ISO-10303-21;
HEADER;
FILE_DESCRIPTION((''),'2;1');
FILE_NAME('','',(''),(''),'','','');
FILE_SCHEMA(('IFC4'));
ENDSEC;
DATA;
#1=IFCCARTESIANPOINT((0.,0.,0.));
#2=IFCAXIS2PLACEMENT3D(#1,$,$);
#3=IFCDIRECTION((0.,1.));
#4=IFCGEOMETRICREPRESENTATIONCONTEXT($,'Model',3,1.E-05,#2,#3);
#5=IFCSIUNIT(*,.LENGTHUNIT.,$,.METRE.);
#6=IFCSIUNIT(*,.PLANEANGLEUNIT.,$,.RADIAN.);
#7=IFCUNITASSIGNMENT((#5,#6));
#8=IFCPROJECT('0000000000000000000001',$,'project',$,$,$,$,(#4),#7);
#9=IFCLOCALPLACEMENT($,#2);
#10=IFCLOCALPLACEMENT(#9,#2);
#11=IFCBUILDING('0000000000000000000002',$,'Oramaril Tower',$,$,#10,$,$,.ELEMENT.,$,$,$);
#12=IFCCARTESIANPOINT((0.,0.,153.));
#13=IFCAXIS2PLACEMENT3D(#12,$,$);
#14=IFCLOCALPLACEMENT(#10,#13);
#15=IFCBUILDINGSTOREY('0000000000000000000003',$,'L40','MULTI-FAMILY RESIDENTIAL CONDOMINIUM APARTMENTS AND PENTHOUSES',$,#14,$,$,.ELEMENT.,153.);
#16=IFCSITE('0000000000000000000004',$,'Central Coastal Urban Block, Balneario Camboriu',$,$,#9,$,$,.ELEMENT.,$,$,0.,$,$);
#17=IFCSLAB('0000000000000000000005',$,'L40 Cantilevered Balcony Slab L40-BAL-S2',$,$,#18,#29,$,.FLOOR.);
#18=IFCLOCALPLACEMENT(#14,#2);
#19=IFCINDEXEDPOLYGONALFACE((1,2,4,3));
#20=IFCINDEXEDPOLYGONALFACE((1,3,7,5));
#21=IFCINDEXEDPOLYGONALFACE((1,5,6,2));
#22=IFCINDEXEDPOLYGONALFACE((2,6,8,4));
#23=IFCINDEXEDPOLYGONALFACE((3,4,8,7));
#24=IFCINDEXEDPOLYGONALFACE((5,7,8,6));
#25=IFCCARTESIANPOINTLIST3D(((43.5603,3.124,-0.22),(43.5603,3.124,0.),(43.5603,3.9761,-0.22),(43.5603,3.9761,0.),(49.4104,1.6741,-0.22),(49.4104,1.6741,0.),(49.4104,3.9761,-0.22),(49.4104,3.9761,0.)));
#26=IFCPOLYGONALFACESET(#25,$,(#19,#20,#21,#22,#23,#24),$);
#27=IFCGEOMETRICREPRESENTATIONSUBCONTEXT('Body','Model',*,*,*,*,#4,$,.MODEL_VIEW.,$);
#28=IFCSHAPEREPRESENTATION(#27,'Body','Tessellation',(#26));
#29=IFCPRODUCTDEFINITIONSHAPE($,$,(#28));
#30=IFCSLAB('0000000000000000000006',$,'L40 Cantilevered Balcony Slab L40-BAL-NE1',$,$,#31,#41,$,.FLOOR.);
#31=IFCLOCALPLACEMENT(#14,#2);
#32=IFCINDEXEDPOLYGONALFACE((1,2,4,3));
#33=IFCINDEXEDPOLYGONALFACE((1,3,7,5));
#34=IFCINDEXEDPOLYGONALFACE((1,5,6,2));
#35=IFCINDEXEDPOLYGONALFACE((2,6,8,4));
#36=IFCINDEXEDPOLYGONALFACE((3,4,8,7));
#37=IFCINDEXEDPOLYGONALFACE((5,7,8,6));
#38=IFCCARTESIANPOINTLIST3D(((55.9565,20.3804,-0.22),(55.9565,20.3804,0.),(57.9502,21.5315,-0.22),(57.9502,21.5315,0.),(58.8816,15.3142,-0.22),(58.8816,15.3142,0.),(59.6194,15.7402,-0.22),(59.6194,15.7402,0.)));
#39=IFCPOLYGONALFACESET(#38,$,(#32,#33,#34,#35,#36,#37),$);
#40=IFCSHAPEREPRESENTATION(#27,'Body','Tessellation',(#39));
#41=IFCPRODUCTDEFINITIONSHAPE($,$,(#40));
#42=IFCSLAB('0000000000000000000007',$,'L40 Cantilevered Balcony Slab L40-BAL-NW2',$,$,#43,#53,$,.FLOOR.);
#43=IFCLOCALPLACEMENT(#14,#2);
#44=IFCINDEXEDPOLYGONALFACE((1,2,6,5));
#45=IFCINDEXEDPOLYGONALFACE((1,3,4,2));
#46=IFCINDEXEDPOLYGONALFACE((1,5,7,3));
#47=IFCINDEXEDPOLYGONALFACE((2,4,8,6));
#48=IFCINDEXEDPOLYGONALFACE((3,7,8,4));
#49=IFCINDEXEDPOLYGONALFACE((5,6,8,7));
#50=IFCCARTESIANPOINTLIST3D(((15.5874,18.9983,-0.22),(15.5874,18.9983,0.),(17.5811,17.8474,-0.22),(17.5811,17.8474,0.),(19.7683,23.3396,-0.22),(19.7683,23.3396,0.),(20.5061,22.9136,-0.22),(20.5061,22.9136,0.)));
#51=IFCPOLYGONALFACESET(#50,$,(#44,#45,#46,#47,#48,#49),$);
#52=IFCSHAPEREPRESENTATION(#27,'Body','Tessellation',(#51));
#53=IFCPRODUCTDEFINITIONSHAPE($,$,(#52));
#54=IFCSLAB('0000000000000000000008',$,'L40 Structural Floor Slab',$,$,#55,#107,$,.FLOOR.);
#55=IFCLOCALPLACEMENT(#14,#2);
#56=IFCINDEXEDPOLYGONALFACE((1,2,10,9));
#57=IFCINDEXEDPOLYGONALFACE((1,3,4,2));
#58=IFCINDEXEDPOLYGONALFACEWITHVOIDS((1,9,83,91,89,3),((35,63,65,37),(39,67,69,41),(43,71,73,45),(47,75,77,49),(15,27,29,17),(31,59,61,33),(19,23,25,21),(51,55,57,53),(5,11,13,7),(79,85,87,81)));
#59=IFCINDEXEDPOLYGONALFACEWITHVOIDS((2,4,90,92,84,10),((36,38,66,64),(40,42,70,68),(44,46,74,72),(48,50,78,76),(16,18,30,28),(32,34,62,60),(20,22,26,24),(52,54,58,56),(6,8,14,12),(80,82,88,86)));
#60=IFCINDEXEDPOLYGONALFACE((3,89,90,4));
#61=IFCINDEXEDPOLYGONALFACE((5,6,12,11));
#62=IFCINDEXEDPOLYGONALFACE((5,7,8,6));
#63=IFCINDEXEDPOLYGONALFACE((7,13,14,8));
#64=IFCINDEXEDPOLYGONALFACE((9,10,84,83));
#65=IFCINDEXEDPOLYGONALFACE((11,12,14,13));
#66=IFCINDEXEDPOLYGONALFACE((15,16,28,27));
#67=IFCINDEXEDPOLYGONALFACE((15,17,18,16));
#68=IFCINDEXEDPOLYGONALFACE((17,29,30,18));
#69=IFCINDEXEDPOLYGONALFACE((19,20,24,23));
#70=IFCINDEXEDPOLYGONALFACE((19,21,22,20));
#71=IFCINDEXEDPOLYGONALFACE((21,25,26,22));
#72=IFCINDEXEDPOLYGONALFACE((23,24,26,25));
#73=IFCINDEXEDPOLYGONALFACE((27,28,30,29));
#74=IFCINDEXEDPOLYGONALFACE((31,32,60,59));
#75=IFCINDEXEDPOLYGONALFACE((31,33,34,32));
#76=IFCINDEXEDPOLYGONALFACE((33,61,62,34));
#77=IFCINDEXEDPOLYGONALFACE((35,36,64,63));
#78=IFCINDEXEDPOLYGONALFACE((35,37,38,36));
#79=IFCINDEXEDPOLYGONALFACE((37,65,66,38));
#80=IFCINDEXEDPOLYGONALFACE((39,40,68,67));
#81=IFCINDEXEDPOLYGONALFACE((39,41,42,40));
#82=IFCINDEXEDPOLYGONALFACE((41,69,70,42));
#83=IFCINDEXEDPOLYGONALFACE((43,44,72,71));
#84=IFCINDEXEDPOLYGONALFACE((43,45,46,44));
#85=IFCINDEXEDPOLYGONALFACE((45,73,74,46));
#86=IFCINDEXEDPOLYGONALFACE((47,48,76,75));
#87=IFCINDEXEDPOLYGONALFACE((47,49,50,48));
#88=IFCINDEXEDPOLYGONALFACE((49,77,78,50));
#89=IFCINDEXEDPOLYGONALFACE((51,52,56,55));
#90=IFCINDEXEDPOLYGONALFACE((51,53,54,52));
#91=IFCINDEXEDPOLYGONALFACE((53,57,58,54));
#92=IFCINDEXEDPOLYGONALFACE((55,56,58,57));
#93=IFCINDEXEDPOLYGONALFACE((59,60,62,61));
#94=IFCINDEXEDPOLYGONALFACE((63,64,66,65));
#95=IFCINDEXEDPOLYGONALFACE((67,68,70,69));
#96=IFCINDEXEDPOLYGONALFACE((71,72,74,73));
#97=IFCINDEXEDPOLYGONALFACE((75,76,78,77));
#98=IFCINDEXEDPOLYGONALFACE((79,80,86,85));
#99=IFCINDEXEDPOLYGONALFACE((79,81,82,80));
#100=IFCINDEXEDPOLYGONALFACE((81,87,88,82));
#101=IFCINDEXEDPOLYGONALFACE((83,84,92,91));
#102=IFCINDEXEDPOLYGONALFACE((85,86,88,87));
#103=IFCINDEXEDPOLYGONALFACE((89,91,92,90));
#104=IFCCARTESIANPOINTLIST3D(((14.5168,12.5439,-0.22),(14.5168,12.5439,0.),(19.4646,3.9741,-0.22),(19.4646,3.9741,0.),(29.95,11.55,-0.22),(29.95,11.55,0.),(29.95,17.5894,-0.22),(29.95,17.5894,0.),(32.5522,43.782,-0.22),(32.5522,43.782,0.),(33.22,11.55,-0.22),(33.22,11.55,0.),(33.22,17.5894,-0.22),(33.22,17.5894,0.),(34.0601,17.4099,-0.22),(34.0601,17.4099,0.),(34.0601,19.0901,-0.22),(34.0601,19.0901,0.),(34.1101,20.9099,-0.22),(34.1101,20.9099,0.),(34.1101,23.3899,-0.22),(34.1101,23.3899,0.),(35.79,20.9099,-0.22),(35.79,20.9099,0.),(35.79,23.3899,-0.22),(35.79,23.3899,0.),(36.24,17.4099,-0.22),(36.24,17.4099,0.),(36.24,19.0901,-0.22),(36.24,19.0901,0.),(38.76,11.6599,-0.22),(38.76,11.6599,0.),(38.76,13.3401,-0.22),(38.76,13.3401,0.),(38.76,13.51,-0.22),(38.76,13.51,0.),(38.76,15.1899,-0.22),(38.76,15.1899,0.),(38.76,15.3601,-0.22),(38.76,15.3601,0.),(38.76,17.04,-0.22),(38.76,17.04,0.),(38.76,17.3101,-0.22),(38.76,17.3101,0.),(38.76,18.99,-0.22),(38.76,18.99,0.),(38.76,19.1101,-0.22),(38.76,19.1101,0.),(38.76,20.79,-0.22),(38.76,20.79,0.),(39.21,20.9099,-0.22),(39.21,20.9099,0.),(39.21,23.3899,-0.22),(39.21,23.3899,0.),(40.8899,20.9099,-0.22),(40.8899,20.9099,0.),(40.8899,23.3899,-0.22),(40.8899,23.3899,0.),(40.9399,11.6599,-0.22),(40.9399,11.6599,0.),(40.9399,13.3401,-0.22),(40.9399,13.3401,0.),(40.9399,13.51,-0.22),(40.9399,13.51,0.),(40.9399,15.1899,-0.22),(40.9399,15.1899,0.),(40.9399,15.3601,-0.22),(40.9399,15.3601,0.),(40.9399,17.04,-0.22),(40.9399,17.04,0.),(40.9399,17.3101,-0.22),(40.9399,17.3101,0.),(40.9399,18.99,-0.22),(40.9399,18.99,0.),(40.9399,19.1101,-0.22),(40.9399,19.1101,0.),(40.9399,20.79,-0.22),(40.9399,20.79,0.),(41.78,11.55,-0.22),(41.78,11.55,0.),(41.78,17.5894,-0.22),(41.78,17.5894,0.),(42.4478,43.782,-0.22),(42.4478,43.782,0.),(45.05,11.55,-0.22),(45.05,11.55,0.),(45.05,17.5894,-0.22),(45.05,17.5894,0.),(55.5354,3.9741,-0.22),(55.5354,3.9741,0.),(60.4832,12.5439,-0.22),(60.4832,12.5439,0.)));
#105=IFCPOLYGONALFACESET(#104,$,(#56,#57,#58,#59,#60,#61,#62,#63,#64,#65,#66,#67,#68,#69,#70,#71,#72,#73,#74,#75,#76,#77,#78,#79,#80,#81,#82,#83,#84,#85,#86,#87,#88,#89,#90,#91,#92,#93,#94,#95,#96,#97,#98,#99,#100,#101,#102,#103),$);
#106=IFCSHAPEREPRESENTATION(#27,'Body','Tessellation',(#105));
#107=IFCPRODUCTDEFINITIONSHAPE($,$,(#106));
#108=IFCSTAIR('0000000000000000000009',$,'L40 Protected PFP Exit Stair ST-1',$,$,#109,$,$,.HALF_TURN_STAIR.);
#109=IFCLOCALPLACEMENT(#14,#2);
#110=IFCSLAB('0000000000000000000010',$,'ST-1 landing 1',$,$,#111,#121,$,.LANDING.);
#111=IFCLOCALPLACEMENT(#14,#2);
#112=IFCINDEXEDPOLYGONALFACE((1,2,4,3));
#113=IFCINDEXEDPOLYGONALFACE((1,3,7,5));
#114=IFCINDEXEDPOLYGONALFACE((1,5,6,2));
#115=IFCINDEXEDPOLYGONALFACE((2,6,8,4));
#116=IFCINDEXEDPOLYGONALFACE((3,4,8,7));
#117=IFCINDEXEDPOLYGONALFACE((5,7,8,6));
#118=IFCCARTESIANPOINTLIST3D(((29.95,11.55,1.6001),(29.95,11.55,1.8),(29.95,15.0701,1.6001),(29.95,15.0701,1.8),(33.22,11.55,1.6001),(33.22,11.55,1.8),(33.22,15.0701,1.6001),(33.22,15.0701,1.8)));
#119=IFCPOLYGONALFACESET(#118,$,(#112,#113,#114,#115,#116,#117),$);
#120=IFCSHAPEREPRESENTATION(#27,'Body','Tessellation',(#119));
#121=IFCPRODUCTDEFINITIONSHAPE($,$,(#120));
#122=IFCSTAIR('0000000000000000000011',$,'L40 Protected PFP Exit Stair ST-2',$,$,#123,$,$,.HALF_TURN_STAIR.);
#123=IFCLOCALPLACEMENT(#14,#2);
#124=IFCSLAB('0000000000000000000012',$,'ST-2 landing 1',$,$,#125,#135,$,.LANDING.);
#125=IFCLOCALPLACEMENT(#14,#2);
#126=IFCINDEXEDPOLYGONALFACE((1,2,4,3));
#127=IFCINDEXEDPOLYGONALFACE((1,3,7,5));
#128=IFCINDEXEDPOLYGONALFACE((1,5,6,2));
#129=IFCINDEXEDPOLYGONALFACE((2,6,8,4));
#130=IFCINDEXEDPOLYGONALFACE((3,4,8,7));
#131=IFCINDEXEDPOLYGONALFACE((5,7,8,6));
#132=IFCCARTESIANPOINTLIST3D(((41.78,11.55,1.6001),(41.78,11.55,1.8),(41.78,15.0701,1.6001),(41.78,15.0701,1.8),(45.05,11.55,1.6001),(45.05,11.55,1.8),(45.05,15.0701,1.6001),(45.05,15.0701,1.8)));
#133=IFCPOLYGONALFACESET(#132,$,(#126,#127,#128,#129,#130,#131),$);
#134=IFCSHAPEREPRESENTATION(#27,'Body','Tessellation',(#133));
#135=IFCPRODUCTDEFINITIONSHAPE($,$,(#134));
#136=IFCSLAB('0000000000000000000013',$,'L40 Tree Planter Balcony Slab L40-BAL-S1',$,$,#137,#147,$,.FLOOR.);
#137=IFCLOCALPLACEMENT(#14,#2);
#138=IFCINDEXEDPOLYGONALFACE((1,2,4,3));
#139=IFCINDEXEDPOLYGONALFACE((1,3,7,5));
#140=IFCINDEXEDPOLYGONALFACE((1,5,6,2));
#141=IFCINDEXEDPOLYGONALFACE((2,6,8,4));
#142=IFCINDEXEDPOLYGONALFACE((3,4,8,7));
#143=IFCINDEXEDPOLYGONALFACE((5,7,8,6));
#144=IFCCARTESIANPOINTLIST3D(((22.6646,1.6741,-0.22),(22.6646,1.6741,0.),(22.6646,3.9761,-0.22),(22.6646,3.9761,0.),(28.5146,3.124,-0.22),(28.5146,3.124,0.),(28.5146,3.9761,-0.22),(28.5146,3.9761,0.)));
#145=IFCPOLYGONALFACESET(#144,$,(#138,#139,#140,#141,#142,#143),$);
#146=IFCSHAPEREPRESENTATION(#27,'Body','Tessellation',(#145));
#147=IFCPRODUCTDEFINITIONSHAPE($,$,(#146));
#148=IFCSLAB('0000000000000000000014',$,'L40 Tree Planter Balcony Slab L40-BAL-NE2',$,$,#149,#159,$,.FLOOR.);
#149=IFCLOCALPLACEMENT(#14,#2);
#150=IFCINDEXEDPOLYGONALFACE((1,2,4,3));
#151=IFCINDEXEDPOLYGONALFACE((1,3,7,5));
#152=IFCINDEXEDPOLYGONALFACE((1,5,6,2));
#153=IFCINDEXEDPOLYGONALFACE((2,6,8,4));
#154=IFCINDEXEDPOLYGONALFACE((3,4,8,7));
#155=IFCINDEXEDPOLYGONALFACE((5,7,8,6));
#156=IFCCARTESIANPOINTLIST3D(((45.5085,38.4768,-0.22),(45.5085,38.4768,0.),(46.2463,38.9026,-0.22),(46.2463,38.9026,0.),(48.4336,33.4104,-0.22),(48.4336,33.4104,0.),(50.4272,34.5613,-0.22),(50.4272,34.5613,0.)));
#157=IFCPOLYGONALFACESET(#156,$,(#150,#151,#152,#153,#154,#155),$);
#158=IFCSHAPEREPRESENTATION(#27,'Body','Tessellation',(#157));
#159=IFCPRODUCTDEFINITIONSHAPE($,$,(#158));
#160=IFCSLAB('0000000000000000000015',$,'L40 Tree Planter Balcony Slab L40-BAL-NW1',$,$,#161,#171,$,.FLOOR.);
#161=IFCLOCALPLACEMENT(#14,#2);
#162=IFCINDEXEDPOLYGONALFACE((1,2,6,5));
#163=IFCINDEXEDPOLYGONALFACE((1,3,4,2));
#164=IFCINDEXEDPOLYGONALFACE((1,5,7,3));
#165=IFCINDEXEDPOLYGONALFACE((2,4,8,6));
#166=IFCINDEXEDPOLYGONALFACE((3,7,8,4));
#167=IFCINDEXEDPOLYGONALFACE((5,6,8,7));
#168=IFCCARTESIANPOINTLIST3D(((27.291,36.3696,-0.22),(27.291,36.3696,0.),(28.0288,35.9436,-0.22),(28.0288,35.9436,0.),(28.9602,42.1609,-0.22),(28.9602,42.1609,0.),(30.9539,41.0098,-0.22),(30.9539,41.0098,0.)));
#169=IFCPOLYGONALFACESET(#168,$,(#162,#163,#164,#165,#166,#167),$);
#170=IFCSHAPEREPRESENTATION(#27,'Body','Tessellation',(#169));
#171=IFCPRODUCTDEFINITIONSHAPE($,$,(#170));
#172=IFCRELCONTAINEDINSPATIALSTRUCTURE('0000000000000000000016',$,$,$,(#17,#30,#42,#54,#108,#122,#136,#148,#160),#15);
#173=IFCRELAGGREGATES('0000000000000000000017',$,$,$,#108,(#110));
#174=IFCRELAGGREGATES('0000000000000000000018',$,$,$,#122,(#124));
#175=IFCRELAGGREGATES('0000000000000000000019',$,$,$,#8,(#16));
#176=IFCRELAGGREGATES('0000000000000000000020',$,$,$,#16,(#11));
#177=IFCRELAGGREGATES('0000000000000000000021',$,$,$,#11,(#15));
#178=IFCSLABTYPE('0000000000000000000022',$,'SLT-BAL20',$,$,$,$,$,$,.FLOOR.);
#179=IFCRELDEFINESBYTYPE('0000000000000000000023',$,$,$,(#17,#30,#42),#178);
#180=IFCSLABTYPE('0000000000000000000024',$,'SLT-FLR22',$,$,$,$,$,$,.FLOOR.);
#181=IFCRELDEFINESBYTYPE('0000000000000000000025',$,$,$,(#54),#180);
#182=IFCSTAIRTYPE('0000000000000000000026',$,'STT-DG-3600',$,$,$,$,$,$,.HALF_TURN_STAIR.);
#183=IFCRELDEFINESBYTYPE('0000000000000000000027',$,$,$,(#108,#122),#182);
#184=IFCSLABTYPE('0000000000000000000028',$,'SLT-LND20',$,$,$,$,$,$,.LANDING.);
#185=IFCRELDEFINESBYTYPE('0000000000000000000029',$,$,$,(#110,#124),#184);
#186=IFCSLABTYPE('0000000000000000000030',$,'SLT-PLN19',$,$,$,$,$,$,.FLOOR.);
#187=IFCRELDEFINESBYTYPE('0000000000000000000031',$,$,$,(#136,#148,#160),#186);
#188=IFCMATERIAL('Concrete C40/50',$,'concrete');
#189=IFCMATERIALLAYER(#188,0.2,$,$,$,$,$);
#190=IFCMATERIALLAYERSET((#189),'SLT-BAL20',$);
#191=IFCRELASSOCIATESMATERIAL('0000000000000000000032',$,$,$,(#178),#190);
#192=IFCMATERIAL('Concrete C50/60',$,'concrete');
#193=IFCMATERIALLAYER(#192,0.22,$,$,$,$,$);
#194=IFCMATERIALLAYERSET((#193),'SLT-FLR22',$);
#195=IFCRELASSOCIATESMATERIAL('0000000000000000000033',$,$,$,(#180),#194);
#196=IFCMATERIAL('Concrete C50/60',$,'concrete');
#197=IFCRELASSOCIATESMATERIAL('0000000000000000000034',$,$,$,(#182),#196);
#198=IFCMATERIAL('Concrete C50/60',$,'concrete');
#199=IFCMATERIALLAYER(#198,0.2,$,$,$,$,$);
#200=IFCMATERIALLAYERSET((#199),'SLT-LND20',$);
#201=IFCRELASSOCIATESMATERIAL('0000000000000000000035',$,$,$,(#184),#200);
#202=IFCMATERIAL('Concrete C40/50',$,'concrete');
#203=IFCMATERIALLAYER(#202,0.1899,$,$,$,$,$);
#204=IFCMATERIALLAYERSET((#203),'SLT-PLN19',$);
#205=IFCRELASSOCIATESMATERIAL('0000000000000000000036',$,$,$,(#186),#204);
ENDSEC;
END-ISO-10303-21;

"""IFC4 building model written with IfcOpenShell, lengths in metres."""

from ifc_helpers import new_model, si_unit, direction, frame, origin, place, context, subcontext, project, spatial, polyline, outline, extrude, material, layer, layer_set, type_object, element, aggregate, save


model = new_model("IFC4")

# Units and contexts
model_context = context("Model", 3, precision=1e-05, world=origin(), true_north=direction((0.0, 1.0)))
body_context = subcontext(model_context, "Body", "Model", "MODEL_VIEW")
ifc_project = project(units=[si_unit("LENGTHUNIT", "METRE"), si_unit("PLANEANGLEUNIT", "RADIAN")], contexts=[model_context])

# Site, building, storey
site_placement = place(None, origin())
site = spatial("IfcSite", under=ifc_project, at=site_placement, Name="Central Coastal Urban Block, Balneario Camboriu", CompositionType="ELEMENT", RefElevation=0.0)
building_placement = place(site_placement, origin())
building = spatial("IfcBuilding", under=site, at=building_placement, Name="Oramaril Tower", CompositionType="ELEMENT")
storey_placement = place(building_placement, frame((0.0, 0.0, 153.0)))
storey = spatial("IfcBuildingStorey", under=building, at=storey_placement, Name="L40", Description="MULTI-FAMILY RESIDENTIAL CONDOMINIUM APARTMENTS AND PENTHOUSES", CompositionType="ELEMENT", Elevation=153.0)

# Slabs
ifc_material_1 = material(Name="Concrete C40/50", Category="concrete")
ifc_layer_1 = layer(ifc_material_1, 0.2)
ifc_layer_set_1 = layer_set([ifc_layer_1], Name="SLT-BAL20")
slab_type_1 = type_object("IfcSlabType", Name="SLT-BAL20", PredefinedType="FLOOR", material=ifc_layer_set_1)
slab_1_placement = place(storey_placement, frame((0.0, 0.0, -0.22)))
element("IfcSlab", 1, at=slab_1_placement, inside=storey, type_object=slab_type_1, Name="L40 Cantilevered Balcony Slab L40-BAL-S2", PredefinedType="FLOOR", context=body_context, shape_type="SweptSolid", body=[
    extrude(outline(polyline([(43.5603, 3.9761), (49.4104, 3.9761), (49.4104, 1.6741), (43.5603, 3.124), (43.5603, 3.9761)])), origin(), (0.0, 0.0, 1.0), 0.22),
])
slab_2_placement = place(storey_placement, frame((0.0, 0.0, -0.22)))
element("IfcSlab", 2, at=slab_2_placement, inside=storey, type_object=slab_type_1, Name="L40 Cantilevered Balcony Slab L40-BAL-NE1", PredefinedType="FLOOR", context=body_context, shape_type="SweptSolid", body=[
    extrude(outline(polyline([(58.8816, 15.3142), (55.9565, 20.3804), (57.9502, 21.5315), (59.6194, 15.7402), (58.8816, 15.3142)])), origin(), (0.0, 0.0, 1.0), 0.22),
])
slab_3_placement = place(storey_placement, frame((0.0, 0.0, -0.22)))
element("IfcSlab", 3, at=slab_3_placement, inside=storey, type_object=slab_type_1, Name="L40 Cantilevered Balcony Slab L40-BAL-NW2", PredefinedType="FLOOR", context=body_context, shape_type="SweptSolid", body=[
    extrude(outline(polyline([(20.5061, 22.9136), (17.5811, 17.8474), (15.5874, 18.9983), (19.7683, 23.3396), (20.5061, 22.9136)])), origin(), (0.0, 0.0, 1.0), 0.22),
])
ifc_material_2 = material(Name="Concrete C50/60", Category="concrete")
ifc_layer_2 = layer(ifc_material_2, 0.22)
ifc_layer_set_2 = layer_set([ifc_layer_2], Name="SLT-FLR22")
slab_type_2 = type_object("IfcSlabType", Name="SLT-FLR22", PredefinedType="FLOOR", material=ifc_layer_set_2)
slab_4_placement = place(storey_placement, frame((0.0, 0.0, -0.22)))
element("IfcSlab", 4, at=slab_4_placement, inside=storey, type_object=slab_type_2, Name="L40 Structural Floor Slab", PredefinedType="FLOOR", context=body_context, shape_type="SweptSolid", body=[
    extrude(outline(polyline([(14.5168, 12.5439), (19.4646, 3.9741), (55.5354, 3.9741), (60.4832, 12.5439), (42.4478, 43.782), (32.5522, 43.782), (14.5168, 12.5439)]), holes=[polyline([(29.95, 17.5894), (29.95, 11.55), (33.22, 11.55), (33.22, 17.5894), (29.95, 17.5894)]), polyline([(41.78, 17.5894), (41.78, 11.55), (45.05, 11.55), (45.05, 17.5894), (41.78, 17.5894)]), polyline([(34.1101, 20.9099), (35.79, 20.9099), (35.79, 23.3899), (34.1101, 23.3899), (34.1101, 20.9099)]), polyline([(39.21, 20.9099), (40.8899, 20.9099), (40.8899, 23.3899), (39.21, 23.3899), (39.21, 20.9099)]), polyline([(38.76, 11.6599), (40.9399, 11.6599), (40.9399, 13.3401), (38.76, 13.3401), (38.76, 11.6599)]), polyline([(38.76, 13.51), (40.9399, 13.51), (40.9399, 15.1899), (38.76, 15.1899), (38.76, 13.51)]), polyline([(38.76, 15.3601), (40.9399, 15.3601), (40.9399, 17.04), (38.76, 17.04), (38.76, 15.3601)]), polyline([(34.0601, 17.4099), (36.24, 17.4099), (36.24, 19.0901), (34.0601, 19.0901), (34.0601, 17.4099)]), polyline([(38.76, 17.3101), (40.9399, 17.3101), (40.9399, 18.99), (38.76, 18.99), (38.76, 17.3101)]), polyline([(38.76, 19.1101), (40.9399, 19.1101), (40.9399, 20.79), (38.76, 20.79), (38.76, 19.1101)])]), origin(), (0.0, 0.0, 1.0), 0.22),
])

# Stairs, slabs
ifc_material_3 = material(Name="Concrete C50/60", Category="concrete")
stair_type = type_object("IfcStairType", Name="STT-DG-3600", PredefinedType="HALF_TURN_STAIR", material=ifc_material_3)
stair_1_placement = place(storey_placement, origin())
stair_1 = element("IfcStair", 5, at=stair_1_placement, inside=storey, type_object=stair_type, Name="L40 Protected PFP Exit Stair ST-1", PredefinedType="HALF_TURN_STAIR")
ifc_material_4 = material(Name="Concrete C50/60", Category="concrete")
ifc_layer_3 = layer(ifc_material_4, 0.2)
ifc_layer_set_3 = layer_set([ifc_layer_3], Name="SLT-LND20")
slab_type_3 = type_object("IfcSlabType", Name="SLT-LND20", PredefinedType="LANDING", material=ifc_layer_set_3)
slab_5_placement = place(storey_placement, frame((0.0, 0.0, 1.6001)))
slab_5 = element("IfcSlab", 6, at=slab_5_placement, type_object=slab_type_3, Name="ST-1 landing 1", PredefinedType="LANDING", context=body_context, shape_type="SweptSolid", body=[
    extrude(outline(polyline([(29.95, 15.0701), (29.95, 11.55), (33.22, 11.55), (33.22, 15.0701), (29.95, 15.0701)])), origin(), (0.0, 0.0, 1.0), 0.2),
])
aggregate(stair_1, [slab_5])
stair_2_placement = place(storey_placement, origin())
stair_2 = element("IfcStair", 7, at=stair_2_placement, inside=storey, type_object=stair_type, Name="L40 Protected PFP Exit Stair ST-2", PredefinedType="HALF_TURN_STAIR")
slab_6_placement = place(storey_placement, frame((0.0, 0.0, 1.6001)))
slab_6 = element("IfcSlab", 8, at=slab_6_placement, type_object=slab_type_3, Name="ST-2 landing 1", PredefinedType="LANDING", context=body_context, shape_type="SweptSolid", body=[
    extrude(outline(polyline([(41.78, 15.0701), (41.78, 11.55), (45.05, 11.55), (45.05, 15.0701), (41.78, 15.0701)])), origin(), (0.0, 0.0, 1.0), 0.2),
])
aggregate(stair_2, [slab_6])

# Slabs
ifc_material_5 = material(Name="Concrete C40/50", Category="concrete")
ifc_layer_4 = layer(ifc_material_5, 0.1899)
ifc_layer_set_4 = layer_set([ifc_layer_4], Name="SLT-PLN19")
slab_type_4 = type_object("IfcSlabType", Name="SLT-PLN19", PredefinedType="FLOOR", material=ifc_layer_set_4)
slab_7_placement = place(storey_placement, frame((0.0, 0.0, -0.22)))
element("IfcSlab", 9, at=slab_7_placement, inside=storey, type_object=slab_type_4, Name="L40 Tree Planter Balcony Slab L40-BAL-S1", PredefinedType="FLOOR", context=body_context, shape_type="SweptSolid", body=[
    extrude(outline(polyline([(22.6646, 3.9761), (28.5146, 3.9761), (28.5146, 3.124), (22.6646, 1.6741), (22.6646, 3.9761)])), origin(), (0.0, 0.0, 1.0), 0.22),
])
slab_8_placement = place(storey_placement, frame((0.0, 0.0, -0.22)))
element("IfcSlab", 10, at=slab_8_placement, inside=storey, type_object=slab_type_4, Name="L40 Tree Planter Balcony Slab L40-BAL-NE2", PredefinedType="FLOOR", context=body_context, shape_type="SweptSolid", body=[
    extrude(outline(polyline([(48.4336, 33.4104), (45.5085, 38.4768), (46.2463, 38.9026), (50.4272, 34.5613), (48.4336, 33.4104)])), origin(), (0.0, 0.0, 1.0), 0.22),
])
slab_9_placement = place(storey_placement, frame((0.0, 0.0, -0.22)))
element("IfcSlab", 11, at=slab_9_placement, inside=storey, type_object=slab_type_4, Name="L40 Tree Planter Balcony Slab L40-BAL-NW1", PredefinedType="FLOOR", context=body_context, shape_type="SweptSolid", body=[
    extrude(outline(polyline([(30.9539, 41.0098), (28.0288, 35.9436), (27.291, 36.3696), (28.9602, 42.1609), (30.9539, 41.0098)])), origin(), (0.0, 0.0, 1.0), 0.22),
])

save(model, "model.ifc")
